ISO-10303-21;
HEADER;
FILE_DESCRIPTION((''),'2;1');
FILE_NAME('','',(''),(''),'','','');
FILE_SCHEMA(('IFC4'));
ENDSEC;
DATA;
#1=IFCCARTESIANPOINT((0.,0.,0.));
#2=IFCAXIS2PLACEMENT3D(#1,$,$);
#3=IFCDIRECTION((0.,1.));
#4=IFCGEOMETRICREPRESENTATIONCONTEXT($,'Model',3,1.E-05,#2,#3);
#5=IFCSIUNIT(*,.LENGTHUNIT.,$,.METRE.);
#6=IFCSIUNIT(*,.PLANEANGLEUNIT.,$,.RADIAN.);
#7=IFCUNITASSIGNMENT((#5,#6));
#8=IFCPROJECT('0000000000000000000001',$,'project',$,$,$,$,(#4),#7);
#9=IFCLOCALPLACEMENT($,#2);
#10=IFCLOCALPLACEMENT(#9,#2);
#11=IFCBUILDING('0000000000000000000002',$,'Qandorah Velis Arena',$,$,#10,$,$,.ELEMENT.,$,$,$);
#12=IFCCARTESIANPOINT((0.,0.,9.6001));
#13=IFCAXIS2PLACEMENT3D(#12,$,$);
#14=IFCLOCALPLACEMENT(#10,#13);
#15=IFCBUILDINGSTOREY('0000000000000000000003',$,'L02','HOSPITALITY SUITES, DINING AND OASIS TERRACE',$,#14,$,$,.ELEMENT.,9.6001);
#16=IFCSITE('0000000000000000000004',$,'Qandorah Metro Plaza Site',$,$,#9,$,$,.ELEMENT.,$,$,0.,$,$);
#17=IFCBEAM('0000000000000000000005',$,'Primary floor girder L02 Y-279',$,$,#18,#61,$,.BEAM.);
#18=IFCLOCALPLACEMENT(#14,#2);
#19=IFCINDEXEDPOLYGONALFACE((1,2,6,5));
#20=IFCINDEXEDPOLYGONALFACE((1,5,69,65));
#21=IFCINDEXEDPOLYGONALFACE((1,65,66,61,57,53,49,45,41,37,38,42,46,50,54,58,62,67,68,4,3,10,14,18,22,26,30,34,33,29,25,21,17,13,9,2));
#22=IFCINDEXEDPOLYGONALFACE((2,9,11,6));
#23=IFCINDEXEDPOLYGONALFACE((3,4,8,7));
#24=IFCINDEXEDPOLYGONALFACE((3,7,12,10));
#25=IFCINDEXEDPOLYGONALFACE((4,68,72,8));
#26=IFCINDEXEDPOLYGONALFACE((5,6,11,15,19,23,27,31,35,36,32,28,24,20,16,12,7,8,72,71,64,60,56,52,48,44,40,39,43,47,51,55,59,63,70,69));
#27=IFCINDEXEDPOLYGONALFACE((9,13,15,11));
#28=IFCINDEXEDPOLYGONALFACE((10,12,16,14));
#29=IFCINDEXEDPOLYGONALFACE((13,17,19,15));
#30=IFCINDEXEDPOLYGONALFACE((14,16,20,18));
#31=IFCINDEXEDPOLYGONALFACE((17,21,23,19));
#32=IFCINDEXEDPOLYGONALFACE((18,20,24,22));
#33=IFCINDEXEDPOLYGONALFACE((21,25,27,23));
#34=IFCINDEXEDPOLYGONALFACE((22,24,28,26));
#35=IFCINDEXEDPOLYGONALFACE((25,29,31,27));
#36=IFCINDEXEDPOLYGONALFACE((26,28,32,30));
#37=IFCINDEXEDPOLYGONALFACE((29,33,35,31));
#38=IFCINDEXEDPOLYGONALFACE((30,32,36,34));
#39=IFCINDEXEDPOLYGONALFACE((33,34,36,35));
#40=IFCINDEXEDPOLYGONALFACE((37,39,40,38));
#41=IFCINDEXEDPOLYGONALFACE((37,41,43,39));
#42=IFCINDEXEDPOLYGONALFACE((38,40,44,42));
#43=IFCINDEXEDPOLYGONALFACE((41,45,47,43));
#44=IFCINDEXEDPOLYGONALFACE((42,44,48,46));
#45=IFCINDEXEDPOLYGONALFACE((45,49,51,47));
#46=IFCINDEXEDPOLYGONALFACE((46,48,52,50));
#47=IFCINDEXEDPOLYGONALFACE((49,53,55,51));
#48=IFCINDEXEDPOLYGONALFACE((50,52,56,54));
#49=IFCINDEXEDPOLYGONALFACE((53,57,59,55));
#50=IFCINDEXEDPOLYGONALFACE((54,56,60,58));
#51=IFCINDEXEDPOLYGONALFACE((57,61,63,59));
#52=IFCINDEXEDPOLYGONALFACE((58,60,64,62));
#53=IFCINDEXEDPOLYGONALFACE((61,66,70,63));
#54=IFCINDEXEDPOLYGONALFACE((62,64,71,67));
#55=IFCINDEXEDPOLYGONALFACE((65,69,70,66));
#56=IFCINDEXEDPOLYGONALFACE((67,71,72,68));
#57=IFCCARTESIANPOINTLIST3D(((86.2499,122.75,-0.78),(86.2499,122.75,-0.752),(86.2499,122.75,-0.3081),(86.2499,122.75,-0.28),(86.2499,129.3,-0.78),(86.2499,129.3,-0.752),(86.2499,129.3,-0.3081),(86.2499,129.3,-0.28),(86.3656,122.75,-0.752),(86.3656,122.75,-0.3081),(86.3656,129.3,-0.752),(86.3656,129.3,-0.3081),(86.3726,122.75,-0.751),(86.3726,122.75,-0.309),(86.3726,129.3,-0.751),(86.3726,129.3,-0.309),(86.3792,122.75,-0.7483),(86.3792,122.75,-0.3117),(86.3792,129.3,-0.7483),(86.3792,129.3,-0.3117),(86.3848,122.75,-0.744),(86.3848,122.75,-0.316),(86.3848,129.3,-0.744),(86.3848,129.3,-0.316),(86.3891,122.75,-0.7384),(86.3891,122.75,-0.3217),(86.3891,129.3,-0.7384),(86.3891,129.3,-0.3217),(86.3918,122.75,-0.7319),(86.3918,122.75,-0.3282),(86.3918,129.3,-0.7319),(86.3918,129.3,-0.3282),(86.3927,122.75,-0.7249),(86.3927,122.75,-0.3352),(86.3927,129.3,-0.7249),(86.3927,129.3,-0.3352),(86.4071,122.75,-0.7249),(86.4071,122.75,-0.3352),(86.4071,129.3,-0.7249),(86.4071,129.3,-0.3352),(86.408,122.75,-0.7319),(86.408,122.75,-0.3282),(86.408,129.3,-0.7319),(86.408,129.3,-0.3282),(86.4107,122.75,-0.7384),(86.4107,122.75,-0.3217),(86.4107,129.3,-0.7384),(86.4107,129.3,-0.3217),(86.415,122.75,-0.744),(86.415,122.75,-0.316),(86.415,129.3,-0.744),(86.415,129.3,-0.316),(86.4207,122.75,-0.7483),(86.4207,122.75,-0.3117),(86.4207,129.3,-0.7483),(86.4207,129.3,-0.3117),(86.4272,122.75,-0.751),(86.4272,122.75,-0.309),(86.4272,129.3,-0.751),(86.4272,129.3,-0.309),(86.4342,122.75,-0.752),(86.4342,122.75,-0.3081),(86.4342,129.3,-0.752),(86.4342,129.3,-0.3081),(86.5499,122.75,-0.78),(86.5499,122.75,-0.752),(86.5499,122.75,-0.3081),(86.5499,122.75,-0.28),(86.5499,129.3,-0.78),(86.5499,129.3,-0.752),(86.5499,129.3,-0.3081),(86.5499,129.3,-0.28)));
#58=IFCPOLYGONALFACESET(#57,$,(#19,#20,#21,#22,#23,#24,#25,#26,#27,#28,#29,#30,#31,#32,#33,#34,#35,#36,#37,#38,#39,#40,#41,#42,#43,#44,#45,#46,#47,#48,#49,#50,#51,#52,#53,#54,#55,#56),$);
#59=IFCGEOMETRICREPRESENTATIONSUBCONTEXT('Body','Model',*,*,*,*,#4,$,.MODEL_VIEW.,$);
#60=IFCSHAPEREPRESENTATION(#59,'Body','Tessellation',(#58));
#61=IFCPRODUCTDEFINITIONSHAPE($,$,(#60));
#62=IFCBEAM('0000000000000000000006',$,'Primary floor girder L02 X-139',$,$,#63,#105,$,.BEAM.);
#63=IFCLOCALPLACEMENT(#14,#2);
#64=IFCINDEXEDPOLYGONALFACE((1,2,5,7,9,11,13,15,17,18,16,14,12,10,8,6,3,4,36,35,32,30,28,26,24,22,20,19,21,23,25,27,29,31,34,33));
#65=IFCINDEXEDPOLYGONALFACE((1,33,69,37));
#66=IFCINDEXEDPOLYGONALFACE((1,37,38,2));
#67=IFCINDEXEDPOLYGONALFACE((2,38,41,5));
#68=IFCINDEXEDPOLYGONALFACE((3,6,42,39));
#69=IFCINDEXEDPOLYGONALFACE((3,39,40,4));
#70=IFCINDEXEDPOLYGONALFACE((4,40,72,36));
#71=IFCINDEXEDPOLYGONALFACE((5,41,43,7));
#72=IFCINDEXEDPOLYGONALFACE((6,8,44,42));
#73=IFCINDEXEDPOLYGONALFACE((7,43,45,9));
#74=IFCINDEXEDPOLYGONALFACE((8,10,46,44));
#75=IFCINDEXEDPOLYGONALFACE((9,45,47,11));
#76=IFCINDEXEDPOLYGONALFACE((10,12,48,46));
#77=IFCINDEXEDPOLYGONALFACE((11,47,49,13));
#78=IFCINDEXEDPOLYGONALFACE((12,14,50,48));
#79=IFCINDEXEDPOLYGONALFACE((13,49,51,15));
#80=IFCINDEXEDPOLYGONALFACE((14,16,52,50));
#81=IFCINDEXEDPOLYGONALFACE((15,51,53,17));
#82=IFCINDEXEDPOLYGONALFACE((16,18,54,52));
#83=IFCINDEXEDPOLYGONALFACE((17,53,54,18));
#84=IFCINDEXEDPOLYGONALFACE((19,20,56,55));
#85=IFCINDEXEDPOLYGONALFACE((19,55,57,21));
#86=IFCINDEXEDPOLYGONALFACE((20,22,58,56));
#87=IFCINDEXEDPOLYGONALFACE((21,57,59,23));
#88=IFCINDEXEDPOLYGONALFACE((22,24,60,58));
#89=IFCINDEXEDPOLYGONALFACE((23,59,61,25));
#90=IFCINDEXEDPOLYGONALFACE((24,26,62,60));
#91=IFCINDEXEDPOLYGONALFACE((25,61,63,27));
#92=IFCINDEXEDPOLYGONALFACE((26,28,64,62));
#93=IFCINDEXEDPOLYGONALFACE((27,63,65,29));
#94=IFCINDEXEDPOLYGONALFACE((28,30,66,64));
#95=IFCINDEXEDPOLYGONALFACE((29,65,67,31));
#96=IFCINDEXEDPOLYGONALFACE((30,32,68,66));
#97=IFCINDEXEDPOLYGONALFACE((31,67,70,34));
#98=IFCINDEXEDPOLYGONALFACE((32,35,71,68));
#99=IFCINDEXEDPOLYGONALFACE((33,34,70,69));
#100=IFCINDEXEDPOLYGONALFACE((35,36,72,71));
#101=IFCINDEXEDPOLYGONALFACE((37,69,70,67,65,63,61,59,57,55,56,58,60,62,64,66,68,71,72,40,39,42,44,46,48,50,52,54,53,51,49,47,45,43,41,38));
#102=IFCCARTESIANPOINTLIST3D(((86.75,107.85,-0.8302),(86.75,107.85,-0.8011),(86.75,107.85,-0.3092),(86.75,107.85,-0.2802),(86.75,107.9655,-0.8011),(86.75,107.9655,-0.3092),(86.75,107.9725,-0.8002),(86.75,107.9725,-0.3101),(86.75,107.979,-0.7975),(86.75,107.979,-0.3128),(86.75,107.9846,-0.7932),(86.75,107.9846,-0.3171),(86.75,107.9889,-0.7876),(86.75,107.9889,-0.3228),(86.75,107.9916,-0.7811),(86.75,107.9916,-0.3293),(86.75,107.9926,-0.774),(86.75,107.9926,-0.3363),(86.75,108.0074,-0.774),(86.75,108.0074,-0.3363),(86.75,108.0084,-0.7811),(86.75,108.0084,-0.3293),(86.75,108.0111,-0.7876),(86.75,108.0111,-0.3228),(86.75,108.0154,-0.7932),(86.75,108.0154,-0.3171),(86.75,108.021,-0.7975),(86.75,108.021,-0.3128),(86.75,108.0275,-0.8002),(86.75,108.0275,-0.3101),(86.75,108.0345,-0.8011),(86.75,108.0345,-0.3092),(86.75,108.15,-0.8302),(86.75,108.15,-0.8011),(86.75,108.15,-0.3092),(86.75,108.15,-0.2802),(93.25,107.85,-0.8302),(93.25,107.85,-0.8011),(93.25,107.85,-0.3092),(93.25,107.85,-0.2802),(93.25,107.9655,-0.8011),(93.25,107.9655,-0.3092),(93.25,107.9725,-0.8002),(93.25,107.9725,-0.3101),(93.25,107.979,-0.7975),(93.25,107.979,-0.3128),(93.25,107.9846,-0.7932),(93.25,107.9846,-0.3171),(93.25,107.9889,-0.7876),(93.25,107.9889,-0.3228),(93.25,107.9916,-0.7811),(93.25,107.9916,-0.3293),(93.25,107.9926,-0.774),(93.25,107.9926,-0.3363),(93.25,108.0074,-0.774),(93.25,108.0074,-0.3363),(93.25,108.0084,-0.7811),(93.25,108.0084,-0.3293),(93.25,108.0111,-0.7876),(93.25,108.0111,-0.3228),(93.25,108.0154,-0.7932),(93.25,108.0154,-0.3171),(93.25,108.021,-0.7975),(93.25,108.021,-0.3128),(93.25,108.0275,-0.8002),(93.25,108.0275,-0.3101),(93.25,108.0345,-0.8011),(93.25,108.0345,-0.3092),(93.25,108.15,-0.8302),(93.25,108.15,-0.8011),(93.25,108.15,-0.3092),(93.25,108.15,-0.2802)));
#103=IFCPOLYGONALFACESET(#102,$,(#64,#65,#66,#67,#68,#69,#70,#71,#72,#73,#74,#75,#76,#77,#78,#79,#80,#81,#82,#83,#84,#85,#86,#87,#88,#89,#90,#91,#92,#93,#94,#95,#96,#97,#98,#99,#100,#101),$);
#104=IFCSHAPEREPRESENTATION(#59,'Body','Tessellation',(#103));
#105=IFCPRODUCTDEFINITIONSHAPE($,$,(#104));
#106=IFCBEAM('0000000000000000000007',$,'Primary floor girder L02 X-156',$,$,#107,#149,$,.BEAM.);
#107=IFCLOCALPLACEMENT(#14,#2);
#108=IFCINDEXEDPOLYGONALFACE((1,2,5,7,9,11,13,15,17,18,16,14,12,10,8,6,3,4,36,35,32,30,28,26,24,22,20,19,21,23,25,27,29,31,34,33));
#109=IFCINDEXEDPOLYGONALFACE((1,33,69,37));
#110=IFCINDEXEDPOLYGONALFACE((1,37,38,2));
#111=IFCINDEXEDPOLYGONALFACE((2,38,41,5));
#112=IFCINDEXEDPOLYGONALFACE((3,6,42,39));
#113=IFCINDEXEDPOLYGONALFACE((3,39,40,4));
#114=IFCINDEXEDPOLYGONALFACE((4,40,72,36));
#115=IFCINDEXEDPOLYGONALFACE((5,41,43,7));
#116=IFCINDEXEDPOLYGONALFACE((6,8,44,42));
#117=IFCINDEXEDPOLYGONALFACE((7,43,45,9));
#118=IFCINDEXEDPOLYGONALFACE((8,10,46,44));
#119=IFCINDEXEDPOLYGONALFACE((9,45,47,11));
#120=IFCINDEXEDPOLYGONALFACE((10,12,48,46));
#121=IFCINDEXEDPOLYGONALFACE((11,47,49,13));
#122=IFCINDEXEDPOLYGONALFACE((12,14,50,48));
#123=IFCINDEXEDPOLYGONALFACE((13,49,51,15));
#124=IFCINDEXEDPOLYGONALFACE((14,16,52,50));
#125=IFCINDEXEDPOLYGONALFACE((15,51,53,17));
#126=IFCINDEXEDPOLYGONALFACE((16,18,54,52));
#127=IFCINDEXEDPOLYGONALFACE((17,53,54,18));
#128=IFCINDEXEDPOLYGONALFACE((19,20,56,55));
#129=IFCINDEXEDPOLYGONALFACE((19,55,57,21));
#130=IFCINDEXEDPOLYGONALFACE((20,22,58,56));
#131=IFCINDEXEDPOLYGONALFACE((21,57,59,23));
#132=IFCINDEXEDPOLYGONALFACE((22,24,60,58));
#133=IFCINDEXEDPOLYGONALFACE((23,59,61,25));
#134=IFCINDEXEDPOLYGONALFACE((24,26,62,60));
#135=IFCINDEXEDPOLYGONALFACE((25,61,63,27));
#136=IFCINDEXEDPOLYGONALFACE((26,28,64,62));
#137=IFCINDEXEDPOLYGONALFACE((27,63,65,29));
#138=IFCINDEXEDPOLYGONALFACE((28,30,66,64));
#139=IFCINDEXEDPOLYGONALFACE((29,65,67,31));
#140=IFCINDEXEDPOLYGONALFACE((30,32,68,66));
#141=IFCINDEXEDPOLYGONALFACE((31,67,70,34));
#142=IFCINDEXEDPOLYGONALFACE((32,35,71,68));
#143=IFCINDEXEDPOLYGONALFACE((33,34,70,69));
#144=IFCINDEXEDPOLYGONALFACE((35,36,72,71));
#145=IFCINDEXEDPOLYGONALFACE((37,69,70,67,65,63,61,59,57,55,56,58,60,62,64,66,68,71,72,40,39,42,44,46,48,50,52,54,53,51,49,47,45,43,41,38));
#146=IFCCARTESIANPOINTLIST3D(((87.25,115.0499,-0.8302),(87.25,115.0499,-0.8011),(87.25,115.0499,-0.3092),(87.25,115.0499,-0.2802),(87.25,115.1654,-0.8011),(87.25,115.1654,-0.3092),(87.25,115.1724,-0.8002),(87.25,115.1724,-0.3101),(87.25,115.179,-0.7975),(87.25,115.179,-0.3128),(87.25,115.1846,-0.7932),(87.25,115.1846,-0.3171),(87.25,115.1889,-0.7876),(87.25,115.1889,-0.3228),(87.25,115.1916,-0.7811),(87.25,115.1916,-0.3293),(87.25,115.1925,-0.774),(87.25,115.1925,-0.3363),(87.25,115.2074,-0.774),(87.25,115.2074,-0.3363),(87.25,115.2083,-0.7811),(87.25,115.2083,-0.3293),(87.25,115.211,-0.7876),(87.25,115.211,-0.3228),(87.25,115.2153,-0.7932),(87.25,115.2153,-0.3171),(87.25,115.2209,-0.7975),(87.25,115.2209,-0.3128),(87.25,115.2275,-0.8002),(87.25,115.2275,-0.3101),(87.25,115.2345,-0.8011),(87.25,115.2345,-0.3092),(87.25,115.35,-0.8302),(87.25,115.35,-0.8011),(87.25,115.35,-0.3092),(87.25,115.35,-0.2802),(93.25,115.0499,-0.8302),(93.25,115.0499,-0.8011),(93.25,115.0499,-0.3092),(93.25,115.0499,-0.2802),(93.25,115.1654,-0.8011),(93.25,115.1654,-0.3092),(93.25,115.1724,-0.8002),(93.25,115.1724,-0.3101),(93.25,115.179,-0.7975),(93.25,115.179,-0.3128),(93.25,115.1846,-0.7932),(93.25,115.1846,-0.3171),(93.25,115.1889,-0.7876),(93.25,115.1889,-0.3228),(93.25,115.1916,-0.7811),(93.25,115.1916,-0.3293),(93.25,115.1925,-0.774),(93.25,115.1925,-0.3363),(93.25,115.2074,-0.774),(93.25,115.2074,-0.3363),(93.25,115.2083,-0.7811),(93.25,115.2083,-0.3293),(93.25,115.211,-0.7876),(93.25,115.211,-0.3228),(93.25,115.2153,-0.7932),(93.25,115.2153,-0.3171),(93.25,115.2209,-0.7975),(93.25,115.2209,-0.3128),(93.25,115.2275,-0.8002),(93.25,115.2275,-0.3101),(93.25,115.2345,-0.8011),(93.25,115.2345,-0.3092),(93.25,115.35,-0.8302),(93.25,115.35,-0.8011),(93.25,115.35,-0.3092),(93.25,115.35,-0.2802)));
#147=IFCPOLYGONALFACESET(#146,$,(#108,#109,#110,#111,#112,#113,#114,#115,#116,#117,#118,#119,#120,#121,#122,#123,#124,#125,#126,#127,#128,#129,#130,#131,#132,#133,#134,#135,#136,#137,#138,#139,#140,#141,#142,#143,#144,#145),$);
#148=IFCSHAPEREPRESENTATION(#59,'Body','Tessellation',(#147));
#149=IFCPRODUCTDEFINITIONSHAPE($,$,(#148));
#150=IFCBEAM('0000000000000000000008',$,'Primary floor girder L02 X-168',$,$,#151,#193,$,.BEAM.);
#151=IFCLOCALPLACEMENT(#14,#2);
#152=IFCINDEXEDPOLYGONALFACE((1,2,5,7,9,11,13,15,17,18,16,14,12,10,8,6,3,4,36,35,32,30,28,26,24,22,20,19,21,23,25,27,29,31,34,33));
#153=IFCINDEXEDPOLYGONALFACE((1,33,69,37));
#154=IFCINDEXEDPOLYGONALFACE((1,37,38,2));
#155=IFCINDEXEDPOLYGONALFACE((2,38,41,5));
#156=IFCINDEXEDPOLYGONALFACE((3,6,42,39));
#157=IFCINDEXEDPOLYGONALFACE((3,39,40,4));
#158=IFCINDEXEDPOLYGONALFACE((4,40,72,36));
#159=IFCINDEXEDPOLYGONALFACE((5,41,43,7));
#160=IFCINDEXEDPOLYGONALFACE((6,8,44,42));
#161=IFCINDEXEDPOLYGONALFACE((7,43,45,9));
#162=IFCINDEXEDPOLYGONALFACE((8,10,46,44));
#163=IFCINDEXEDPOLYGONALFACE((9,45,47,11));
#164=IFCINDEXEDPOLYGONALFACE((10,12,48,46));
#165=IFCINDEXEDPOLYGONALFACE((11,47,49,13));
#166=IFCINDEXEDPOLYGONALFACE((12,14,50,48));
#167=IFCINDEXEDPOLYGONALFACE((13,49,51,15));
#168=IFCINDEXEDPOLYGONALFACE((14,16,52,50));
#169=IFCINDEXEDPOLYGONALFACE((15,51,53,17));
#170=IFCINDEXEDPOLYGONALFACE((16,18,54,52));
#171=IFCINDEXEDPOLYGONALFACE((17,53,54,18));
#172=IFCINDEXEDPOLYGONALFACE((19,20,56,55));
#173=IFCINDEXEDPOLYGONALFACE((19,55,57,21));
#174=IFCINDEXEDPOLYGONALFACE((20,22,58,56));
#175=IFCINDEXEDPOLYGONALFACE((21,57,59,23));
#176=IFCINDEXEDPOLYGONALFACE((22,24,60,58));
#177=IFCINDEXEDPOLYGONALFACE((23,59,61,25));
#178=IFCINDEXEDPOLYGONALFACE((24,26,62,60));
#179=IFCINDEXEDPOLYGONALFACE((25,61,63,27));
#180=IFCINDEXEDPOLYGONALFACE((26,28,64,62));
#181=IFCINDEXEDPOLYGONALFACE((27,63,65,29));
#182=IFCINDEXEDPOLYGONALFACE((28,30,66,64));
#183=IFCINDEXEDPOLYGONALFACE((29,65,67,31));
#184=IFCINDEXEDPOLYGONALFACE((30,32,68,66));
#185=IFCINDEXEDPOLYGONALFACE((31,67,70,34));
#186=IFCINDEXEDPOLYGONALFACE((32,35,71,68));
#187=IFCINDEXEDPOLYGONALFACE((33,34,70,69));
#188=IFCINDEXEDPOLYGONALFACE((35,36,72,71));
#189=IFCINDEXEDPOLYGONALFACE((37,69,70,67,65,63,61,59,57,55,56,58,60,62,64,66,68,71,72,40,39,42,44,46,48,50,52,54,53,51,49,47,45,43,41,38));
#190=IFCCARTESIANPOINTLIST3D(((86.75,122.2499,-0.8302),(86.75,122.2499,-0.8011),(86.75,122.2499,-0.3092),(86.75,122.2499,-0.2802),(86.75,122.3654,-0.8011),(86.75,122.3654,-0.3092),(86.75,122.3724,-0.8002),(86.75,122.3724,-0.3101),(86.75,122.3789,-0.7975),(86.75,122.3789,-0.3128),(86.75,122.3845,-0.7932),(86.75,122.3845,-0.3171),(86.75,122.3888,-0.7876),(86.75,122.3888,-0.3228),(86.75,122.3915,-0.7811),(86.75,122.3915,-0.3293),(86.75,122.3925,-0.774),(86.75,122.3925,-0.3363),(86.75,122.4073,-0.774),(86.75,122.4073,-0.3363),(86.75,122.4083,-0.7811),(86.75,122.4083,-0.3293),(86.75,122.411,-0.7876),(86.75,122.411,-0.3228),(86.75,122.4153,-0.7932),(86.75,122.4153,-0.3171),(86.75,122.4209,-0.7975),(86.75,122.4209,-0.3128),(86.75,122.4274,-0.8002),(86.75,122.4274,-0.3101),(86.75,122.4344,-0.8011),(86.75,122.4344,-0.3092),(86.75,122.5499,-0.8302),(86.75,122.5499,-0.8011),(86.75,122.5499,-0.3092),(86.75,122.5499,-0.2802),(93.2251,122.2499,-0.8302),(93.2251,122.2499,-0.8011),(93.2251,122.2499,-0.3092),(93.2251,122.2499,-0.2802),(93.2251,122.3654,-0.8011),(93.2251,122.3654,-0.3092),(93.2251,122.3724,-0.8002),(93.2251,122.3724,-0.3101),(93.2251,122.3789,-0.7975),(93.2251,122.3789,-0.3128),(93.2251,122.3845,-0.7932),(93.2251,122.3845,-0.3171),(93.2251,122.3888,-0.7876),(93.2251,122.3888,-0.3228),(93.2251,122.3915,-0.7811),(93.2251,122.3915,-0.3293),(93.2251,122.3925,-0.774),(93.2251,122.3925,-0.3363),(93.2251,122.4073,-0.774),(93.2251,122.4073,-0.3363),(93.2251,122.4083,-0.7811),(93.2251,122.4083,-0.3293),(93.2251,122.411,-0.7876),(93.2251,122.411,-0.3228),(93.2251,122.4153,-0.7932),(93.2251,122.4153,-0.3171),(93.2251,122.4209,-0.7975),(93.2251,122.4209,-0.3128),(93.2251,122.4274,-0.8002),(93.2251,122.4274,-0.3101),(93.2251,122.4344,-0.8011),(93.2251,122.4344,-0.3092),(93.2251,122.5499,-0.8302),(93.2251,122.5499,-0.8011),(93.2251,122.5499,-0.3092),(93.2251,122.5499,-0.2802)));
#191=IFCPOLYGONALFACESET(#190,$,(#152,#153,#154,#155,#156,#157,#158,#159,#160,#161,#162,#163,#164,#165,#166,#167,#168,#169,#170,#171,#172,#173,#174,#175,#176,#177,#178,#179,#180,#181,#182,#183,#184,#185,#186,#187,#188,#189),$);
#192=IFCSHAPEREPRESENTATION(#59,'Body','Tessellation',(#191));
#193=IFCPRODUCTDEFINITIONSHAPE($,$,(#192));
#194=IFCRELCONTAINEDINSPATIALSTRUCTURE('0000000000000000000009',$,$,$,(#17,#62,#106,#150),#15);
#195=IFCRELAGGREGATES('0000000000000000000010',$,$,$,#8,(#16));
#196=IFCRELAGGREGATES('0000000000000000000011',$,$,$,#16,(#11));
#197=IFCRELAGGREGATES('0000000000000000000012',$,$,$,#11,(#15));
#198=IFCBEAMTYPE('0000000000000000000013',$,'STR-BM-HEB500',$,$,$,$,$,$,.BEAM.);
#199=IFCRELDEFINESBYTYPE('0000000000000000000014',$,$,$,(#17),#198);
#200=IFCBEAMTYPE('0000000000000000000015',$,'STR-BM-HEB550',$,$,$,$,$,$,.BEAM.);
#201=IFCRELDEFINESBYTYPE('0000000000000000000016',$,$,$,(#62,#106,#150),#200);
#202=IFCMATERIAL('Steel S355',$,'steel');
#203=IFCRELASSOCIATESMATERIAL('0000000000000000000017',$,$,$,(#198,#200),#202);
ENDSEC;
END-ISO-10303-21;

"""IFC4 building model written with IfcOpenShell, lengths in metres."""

from ifc_helpers import new_model, si_unit, direction, frame, origin, origin_2d, place, context, subcontext, project, spatial, i_section, extrude, material, material_profile, profile_set, type_object, element, save


model = new_model("IFC4")

# Units and contexts
model_context = context("Model", 3, precision=1e-05, world=origin(), true_north=direction((0.0, 1.0)))
body_context = subcontext(model_context, "Body", "Model", "MODEL_VIEW")
ifc_project = project(units=[si_unit("LENGTHUNIT", "METRE"), si_unit("PLANEANGLEUNIT", "RADIAN")], contexts=[model_context])

# Site, building, storey
site_placement = place(None, origin())
site = spatial("IfcSite", under=ifc_project, at=site_placement, Name="Qandorah Metro Plaza Site", CompositionType="ELEMENT", RefElevation=0.0)
building_placement = place(site_placement, origin())
building = spatial("IfcBuilding", under=site, at=building_placement, Name="Qandorah Velis Arena", CompositionType="ELEMENT")
storey_placement = place(building_placement, frame((0.0, 0.0, 9.6001)))
storey = spatial("IfcBuildingStorey", under=building, at=storey_placement, Name="L02", Description="HOSPITALITY SUITES, DINING AND OASIS TERRACE", CompositionType="ELEMENT", Elevation=9.6001)

# Shared definitions
ifc_material_1 = material(Name="Steel S355", Category="steel")

# Beams
ifc_material_profile_1 = material_profile(ifc_material_1, i_section(OverallWidth=0.3, OverallDepth=0.5, WebThickness=0.0144, FlangeThickness=0.0281, FilletRadius=0.0271, at=origin_2d()), Name="HEB 500")
ifc_profile_set_1 = profile_set([ifc_material_profile_1], Name="Steel S355")
beam_type_1 = type_object("IfcBeamType", Name="STR-BM-HEB500", PredefinedType="BEAM", material=ifc_profile_set_1)
beam_1_placement = place(storey_placement, frame((86.3999, 122.75, -0.53), z_axis=(0.0, 1.0, 0.0), x_axis=(-1.0, 0.0, 0.0)))
element("IfcBeam", 1, at=beam_1_placement, inside=storey, type_object=beam_type_1, Name="Primary floor girder L02 Y-279", PredefinedType="BEAM", context=body_context, shape_type="SweptSolid", body=[
    extrude(i_section(OverallWidth=0.3, OverallDepth=0.5, WebThickness=0.0144, FlangeThickness=0.0281, FilletRadius=0.0271, at=origin_2d()), origin(), (0.0, 0.0, 1.0), 6.55),
])
ifc_material_profile_2 = material_profile(ifc_material_1, i_section(OverallWidth=0.3, OverallDepth=0.55, WebThickness=0.0149, FlangeThickness=0.0291, FilletRadius=0.0271, at=origin_2d()), Name="HEB 550")
ifc_profile_set_2 = profile_set([ifc_material_profile_2], Name="Steel S355")
beam_type_2 = type_object("IfcBeamType", Name="STR-BM-HEB550", PredefinedType="BEAM", material=ifc_profile_set_2)
beam_2_placement = place(storey_placement, frame((86.75, 108.0, -0.5552), z_axis=(1.0, 0.0, 0.0), x_axis=(0.0, 1.0, 0.0)))
element("IfcBeam", 2, at=beam_2_placement, inside=storey, type_object=beam_type_2, Name="Primary floor girder L02 X-139", PredefinedType="BEAM", context=body_context, shape_type="SweptSolid", body=[
    extrude(i_section(OverallWidth=0.3, OverallDepth=0.55, WebThickness=0.0149, FlangeThickness=0.0291, FilletRadius=0.0271, at=origin_2d()), origin(), (0.0, 0.0, 1.0), 6.5),
])
beam_3_placement = place(storey_placement, frame((87.25, 115.2, -0.5552), z_axis=(1.0, 0.0, 0.0), x_axis=(0.0, 1.0, 0.0)))
element("IfcBeam", 3, at=beam_3_placement, inside=storey, type_object=beam_type_2, Name="Primary floor girder L02 X-156", PredefinedType="BEAM", context=body_context, shape_type="SweptSolid", body=[
    extrude(i_section(OverallWidth=0.3, OverallDepth=0.55, WebThickness=0.0149, FlangeThickness=0.0291, FilletRadius=0.0271, at=origin_2d()), origin(), (0.0, 0.0, 1.0), 6.0),
])
beam_4_placement = place(storey_placement, frame((86.75, 122.3999, -0.5552), z_axis=(1.0, 0.0, 0.0), x_axis=(0.0, 1.0, 0.0)))
element("IfcBeam", 4, at=beam_4_placement, inside=storey, type_object=beam_type_2, Name="Primary floor girder L02 X-168", PredefinedType="BEAM", context=body_context, shape_type="SweptSolid", body=[
    extrude(i_section(OverallWidth=0.3, OverallDepth=0.55, WebThickness=0.0149, FlangeThickness=0.0291, FilletRadius=0.0271, at=origin_2d()), origin(), (0.0, 0.0, 1.0), 6.4751),
])

save(model, "model.ifc")
